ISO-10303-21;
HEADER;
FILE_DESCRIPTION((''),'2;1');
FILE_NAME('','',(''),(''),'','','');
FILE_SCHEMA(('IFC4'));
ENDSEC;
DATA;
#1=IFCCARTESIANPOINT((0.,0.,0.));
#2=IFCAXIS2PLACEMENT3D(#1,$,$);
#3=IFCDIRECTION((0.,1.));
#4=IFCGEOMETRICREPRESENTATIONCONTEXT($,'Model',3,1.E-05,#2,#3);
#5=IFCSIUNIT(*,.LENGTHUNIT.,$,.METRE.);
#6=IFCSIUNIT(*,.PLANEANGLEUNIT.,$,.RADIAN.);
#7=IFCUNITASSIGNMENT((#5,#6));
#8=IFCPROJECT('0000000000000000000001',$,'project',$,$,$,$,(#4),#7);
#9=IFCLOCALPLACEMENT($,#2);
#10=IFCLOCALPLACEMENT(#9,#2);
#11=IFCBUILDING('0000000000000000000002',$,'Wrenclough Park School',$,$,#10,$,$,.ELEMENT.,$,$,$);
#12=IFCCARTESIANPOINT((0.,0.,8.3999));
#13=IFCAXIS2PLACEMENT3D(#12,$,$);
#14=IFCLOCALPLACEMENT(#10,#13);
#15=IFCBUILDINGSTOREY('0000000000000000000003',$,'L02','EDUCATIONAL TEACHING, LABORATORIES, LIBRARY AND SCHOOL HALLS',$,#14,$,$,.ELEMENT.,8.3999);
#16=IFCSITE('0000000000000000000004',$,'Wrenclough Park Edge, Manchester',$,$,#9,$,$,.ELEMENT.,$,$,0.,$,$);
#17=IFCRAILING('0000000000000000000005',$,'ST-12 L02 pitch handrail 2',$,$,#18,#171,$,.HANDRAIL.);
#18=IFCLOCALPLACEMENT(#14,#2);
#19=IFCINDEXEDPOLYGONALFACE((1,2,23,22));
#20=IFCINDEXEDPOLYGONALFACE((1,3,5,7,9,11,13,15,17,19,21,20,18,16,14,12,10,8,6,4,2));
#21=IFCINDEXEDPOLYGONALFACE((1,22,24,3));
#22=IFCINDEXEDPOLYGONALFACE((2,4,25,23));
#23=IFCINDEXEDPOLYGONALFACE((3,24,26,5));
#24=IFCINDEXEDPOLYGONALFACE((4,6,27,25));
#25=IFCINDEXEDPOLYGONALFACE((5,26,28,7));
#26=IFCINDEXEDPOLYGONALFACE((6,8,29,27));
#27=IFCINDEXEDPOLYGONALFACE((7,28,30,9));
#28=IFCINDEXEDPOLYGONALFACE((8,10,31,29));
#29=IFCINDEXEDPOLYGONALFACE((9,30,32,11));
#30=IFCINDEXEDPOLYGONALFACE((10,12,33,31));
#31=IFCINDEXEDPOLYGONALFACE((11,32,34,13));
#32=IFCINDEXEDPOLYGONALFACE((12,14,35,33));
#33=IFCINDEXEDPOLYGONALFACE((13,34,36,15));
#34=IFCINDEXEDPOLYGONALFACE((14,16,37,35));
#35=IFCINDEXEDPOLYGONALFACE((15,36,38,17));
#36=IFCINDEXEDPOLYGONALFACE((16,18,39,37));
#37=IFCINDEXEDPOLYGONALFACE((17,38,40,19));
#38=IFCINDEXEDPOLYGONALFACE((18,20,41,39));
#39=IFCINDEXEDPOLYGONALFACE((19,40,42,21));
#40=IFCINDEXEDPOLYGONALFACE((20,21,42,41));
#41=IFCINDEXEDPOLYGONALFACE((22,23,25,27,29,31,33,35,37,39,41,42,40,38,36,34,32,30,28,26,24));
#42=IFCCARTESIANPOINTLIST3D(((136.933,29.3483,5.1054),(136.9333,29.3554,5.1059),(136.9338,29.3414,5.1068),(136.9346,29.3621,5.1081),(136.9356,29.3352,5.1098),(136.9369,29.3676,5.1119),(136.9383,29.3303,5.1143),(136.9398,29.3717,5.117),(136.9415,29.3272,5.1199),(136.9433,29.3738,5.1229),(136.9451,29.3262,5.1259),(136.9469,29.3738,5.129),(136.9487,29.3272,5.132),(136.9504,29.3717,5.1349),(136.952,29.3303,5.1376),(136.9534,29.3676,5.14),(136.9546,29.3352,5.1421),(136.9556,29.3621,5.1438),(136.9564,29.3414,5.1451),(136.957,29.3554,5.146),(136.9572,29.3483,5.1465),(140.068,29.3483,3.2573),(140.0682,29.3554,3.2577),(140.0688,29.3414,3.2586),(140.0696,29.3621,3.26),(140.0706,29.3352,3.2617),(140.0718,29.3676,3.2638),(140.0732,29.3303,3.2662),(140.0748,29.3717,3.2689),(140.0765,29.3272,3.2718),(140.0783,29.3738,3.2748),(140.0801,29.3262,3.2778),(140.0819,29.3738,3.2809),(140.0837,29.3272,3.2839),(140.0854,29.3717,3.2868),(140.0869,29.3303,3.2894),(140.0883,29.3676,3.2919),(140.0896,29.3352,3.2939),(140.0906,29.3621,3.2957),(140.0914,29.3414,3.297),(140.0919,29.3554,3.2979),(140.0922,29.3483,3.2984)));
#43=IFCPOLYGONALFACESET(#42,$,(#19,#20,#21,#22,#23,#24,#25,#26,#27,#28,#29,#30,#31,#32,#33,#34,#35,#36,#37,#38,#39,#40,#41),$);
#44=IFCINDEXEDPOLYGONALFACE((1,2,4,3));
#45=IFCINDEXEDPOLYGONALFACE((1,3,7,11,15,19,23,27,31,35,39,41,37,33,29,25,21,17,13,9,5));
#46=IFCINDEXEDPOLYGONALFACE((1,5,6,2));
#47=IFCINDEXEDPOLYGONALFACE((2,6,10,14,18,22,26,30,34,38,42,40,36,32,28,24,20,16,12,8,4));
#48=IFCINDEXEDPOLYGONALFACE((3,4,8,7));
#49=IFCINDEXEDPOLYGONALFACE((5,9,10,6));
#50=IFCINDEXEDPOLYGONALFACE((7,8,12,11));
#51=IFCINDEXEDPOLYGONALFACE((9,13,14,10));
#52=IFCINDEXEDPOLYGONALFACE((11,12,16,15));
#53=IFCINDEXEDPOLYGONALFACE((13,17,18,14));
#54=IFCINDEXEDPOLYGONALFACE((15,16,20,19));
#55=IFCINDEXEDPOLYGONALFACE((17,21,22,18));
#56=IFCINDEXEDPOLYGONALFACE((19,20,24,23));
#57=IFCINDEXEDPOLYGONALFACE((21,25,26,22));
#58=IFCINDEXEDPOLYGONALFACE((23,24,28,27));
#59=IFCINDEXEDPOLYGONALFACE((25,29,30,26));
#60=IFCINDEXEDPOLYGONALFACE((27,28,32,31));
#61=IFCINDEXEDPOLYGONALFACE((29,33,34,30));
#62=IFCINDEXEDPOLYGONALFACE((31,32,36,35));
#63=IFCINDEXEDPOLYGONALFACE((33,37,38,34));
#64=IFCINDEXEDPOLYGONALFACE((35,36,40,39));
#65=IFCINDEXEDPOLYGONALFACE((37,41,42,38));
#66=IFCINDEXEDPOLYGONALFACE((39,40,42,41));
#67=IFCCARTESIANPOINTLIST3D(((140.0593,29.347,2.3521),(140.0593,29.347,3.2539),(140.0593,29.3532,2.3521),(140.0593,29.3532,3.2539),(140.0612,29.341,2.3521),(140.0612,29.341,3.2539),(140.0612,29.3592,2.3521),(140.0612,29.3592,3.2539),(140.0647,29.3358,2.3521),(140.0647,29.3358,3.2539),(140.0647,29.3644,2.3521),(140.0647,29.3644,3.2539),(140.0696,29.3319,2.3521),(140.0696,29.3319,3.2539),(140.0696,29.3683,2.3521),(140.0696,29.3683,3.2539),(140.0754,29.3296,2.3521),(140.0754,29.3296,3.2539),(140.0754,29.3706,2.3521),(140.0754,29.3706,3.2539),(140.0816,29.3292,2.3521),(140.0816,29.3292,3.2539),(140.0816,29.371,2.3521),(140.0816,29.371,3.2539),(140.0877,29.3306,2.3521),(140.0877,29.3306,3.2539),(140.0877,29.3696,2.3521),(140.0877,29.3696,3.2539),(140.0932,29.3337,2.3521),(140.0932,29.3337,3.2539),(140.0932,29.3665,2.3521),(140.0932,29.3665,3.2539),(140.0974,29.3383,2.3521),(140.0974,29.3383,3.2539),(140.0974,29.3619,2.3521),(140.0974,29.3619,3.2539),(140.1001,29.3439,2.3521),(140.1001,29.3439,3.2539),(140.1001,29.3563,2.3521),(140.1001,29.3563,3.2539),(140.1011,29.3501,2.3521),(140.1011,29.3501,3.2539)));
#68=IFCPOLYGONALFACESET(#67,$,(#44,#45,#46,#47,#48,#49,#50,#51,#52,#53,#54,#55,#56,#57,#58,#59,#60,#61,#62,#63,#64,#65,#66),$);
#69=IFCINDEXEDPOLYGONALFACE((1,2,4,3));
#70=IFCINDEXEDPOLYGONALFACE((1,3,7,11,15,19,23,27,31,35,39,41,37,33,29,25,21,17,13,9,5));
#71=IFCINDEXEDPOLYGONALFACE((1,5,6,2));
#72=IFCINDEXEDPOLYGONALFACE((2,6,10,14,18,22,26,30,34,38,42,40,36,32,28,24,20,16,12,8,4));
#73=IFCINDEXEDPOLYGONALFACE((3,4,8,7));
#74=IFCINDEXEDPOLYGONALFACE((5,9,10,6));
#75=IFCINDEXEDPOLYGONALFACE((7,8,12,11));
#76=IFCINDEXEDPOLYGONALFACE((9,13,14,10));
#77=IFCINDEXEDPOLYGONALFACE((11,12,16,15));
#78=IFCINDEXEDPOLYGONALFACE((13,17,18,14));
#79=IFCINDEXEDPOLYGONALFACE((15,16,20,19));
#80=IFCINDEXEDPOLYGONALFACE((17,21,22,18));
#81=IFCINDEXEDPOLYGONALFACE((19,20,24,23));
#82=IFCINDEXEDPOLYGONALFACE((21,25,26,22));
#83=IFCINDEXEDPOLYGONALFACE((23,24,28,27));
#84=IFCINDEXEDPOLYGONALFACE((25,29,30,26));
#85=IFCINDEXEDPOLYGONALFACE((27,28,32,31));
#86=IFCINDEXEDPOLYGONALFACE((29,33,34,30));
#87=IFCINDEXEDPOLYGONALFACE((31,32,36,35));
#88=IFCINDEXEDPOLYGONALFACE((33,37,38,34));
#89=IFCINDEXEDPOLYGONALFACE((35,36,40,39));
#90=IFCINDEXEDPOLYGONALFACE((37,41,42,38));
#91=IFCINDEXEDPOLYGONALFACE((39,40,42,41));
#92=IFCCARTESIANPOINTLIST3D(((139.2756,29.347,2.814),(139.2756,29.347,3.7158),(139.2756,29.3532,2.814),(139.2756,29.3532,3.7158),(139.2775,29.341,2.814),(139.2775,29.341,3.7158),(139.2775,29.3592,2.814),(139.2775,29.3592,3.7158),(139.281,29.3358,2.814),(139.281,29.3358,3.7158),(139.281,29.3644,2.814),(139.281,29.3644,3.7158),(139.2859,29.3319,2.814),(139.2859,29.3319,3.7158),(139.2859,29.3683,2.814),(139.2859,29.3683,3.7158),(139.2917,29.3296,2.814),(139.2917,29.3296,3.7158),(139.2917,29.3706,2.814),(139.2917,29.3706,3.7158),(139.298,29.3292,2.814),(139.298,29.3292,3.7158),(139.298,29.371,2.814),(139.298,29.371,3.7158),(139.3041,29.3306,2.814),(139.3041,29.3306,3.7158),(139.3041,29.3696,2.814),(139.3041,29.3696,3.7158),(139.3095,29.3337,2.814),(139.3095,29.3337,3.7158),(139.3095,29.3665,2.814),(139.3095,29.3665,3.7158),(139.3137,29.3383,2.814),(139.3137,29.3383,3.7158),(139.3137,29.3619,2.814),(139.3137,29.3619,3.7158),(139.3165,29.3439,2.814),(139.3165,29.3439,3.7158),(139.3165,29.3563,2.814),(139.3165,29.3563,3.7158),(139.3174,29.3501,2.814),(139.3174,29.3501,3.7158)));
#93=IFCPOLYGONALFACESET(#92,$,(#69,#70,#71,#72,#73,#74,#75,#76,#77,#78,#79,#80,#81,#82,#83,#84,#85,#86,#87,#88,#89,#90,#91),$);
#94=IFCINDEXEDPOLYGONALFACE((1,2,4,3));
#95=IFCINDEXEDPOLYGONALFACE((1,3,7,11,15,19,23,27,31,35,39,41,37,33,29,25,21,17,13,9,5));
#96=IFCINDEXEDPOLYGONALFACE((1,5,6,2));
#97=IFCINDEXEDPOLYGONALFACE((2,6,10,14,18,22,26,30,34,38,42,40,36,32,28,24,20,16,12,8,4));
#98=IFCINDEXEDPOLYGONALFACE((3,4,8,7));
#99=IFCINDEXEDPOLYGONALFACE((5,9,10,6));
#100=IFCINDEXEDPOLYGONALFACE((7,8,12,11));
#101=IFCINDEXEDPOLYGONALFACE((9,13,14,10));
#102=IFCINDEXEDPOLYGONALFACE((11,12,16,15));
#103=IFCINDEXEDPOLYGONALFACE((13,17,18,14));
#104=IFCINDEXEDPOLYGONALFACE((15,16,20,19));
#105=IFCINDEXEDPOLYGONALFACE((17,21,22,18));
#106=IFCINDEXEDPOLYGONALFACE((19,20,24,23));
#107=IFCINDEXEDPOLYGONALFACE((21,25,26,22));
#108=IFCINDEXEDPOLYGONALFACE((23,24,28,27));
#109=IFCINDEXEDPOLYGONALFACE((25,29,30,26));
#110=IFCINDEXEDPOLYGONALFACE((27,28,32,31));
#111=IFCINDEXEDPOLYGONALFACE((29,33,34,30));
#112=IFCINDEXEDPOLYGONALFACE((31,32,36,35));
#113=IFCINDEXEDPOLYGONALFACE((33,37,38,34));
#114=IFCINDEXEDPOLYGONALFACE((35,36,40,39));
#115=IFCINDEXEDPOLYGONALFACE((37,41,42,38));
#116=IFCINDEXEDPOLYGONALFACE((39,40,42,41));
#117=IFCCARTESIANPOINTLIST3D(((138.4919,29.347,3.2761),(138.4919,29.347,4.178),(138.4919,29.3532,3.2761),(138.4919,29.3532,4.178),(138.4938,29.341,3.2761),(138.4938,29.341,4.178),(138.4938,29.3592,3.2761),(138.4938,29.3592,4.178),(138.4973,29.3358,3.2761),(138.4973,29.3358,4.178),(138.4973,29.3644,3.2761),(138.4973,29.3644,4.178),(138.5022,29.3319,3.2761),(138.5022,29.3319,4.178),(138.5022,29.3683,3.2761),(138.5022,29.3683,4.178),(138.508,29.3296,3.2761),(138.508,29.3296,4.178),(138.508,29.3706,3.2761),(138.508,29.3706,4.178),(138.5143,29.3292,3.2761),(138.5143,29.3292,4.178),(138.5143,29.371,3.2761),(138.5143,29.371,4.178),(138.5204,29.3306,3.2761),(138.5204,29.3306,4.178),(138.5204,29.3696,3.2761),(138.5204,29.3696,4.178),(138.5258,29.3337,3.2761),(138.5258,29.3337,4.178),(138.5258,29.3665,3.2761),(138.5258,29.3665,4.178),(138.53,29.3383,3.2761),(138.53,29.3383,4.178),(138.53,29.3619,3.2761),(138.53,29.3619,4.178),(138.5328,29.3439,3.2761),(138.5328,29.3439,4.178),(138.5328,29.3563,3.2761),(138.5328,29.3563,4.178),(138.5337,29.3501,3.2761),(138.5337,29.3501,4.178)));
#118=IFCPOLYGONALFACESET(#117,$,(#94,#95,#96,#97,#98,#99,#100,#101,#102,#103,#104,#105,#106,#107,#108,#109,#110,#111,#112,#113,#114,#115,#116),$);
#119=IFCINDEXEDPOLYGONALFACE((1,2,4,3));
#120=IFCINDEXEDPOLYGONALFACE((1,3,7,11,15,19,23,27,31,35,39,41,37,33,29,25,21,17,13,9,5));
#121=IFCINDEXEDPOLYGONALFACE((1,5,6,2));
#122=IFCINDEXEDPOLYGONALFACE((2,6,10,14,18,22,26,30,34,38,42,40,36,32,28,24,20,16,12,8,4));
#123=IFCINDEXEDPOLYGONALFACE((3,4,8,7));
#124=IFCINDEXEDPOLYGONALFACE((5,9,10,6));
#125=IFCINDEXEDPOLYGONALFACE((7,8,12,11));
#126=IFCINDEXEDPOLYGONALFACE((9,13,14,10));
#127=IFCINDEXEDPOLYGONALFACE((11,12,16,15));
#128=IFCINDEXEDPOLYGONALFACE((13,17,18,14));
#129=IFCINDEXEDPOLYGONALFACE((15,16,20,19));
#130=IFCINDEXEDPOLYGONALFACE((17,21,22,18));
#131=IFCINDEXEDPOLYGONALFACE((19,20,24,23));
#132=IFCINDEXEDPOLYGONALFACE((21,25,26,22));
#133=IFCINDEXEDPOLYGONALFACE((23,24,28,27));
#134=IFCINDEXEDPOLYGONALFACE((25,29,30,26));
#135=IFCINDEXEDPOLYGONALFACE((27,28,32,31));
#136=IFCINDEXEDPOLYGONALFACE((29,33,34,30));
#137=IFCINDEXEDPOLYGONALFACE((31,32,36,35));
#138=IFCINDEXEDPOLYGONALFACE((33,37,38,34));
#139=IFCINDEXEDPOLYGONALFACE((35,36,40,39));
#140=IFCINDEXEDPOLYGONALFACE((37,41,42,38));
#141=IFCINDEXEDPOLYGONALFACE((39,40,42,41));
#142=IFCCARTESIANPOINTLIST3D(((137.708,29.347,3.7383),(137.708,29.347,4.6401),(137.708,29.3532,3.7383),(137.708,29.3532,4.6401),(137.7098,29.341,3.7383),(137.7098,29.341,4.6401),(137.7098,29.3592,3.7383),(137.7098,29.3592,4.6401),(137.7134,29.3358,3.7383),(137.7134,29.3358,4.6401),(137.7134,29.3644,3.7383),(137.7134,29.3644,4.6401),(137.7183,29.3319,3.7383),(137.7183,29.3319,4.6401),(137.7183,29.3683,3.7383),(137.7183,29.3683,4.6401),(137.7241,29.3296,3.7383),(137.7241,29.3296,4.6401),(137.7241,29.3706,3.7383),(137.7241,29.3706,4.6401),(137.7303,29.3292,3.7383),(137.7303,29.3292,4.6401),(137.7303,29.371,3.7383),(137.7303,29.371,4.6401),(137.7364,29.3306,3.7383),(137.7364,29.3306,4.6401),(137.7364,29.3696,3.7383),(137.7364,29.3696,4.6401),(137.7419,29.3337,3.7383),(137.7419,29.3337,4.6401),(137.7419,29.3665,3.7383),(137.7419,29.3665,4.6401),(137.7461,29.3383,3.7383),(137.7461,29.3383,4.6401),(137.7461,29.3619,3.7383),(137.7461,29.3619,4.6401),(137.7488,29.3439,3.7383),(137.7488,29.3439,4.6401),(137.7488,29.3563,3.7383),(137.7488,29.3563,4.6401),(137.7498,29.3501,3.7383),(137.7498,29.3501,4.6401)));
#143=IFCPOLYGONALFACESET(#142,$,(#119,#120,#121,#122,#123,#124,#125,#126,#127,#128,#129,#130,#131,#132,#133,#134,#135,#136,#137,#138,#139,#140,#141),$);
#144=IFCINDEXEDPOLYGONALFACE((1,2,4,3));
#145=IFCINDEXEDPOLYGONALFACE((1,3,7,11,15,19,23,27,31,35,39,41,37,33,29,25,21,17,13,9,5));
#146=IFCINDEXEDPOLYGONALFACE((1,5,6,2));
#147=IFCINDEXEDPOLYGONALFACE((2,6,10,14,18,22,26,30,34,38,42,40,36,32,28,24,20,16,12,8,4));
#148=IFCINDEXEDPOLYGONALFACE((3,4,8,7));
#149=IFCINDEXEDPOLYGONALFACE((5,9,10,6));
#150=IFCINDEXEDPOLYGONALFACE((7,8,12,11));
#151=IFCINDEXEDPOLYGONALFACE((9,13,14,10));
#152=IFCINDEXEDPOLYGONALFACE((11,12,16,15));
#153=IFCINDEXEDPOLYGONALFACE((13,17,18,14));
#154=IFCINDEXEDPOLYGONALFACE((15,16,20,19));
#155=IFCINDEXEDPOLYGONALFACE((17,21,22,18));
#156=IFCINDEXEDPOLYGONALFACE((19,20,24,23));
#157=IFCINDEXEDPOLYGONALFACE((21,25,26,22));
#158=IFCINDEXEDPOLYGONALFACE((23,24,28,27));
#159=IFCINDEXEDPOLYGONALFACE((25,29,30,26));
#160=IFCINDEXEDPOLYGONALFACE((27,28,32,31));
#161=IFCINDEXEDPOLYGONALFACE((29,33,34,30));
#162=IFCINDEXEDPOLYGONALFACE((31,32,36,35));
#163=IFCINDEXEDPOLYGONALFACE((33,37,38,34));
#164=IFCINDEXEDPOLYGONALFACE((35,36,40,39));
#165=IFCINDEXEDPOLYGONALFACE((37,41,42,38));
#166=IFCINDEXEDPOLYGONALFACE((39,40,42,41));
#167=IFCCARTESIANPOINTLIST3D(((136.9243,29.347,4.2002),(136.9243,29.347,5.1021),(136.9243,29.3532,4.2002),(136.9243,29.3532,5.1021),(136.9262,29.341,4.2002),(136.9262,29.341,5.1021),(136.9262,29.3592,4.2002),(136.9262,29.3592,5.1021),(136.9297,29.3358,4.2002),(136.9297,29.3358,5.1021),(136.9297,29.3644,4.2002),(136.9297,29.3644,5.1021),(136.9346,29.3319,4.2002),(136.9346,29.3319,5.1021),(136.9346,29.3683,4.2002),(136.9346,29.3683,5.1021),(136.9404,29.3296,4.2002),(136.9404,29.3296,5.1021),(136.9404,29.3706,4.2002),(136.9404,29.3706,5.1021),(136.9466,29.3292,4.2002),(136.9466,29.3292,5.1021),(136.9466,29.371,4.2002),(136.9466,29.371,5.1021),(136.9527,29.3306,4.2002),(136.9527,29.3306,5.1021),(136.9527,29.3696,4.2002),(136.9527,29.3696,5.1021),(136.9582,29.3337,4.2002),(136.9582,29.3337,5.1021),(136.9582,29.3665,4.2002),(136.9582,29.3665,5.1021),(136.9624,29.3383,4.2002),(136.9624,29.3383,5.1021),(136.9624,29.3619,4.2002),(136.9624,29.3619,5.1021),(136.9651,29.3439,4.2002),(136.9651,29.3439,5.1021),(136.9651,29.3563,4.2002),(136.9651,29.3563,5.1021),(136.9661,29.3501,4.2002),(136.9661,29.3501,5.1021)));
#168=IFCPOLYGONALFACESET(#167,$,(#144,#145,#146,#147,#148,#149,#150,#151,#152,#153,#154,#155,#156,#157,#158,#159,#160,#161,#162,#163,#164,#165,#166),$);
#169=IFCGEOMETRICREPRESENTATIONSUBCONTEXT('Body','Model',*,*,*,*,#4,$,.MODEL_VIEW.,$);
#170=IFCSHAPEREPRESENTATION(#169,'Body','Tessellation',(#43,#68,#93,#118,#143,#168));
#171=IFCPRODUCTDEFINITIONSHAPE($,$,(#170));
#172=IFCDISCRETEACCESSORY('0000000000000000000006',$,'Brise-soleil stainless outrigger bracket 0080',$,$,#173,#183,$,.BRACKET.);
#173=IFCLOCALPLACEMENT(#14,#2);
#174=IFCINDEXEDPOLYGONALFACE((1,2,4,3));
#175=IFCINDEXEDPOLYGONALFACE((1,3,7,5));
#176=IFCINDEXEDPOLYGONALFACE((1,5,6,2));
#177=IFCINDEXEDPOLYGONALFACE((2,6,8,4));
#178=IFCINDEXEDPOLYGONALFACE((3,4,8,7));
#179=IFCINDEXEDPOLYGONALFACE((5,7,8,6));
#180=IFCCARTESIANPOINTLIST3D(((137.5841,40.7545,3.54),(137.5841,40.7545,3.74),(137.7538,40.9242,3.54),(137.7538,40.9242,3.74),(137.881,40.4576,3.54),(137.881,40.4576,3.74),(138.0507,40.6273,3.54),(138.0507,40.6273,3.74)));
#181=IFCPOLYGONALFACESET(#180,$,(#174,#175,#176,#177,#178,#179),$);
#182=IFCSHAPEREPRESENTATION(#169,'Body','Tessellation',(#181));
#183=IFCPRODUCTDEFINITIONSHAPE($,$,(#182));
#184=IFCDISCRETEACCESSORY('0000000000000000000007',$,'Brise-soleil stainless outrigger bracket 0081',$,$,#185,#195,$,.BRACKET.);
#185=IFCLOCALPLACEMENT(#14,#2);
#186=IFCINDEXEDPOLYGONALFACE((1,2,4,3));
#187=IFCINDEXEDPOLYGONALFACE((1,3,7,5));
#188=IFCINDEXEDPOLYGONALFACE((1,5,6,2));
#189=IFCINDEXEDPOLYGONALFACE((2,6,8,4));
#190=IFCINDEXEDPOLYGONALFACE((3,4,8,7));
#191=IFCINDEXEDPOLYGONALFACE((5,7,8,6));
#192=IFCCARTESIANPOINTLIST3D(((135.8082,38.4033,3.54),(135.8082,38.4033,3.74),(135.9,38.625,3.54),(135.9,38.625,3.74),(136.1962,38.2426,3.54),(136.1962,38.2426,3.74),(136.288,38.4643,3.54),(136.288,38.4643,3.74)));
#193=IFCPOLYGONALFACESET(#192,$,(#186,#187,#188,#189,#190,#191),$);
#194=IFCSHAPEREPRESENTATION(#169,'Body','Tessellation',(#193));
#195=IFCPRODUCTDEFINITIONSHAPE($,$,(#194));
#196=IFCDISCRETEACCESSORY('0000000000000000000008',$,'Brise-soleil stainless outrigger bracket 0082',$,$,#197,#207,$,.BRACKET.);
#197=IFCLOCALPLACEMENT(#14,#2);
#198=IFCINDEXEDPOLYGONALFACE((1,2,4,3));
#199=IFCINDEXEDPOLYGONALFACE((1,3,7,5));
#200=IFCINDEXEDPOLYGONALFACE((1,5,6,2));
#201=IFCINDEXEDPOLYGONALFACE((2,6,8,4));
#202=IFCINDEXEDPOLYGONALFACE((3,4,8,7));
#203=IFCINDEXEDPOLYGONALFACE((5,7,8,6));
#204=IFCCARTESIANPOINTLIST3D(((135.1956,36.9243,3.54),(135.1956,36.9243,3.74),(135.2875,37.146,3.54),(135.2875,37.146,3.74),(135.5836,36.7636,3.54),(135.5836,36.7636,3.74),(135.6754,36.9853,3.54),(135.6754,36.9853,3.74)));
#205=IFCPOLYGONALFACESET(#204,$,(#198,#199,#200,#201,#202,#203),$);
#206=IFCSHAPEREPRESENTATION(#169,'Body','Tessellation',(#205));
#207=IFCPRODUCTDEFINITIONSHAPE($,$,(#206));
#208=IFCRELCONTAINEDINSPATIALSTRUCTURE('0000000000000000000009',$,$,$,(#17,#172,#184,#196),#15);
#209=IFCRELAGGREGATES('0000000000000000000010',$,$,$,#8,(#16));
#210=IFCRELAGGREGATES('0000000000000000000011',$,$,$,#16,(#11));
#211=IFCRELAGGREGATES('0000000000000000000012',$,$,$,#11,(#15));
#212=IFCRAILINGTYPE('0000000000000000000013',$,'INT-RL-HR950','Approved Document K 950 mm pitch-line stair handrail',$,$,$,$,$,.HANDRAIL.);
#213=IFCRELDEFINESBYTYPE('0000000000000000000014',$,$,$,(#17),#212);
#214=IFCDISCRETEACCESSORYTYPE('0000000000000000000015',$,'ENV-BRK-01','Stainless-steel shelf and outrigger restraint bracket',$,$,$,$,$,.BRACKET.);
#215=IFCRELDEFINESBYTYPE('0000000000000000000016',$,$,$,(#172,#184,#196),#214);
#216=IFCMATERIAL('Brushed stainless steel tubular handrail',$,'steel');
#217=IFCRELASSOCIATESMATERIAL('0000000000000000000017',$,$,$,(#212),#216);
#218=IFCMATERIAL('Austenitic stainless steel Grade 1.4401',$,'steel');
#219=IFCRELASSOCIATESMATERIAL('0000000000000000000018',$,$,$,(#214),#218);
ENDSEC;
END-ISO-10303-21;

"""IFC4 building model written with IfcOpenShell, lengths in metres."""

from ifc_helpers import new_model, si_unit, direction, frame, origin, origin_2d, place, context, subcontext, project, spatial, rectangle, circle, extrude, material, type_object, element, save


model = new_model("IFC4")

# Units and contexts
model_context = context("Model", 3, precision=1e-05, world=origin(), true_north=direction((0.0, 1.0)))
body_context = subcontext(model_context, "Body", "Model", "MODEL_VIEW")
ifc_project = project(units=[si_unit("LENGTHUNIT", "METRE"), si_unit("PLANEANGLEUNIT", "RADIAN")], contexts=[model_context])

# Site, building, storey
site_placement = place(None, origin())
site = spatial("IfcSite", under=ifc_project, at=site_placement, Name="Wrenclough Park Edge, Manchester", CompositionType="ELEMENT", RefElevation=0.0)
building_placement = place(site_placement, origin())
building = spatial("IfcBuilding", under=site, at=building_placement, Name="Wrenclough Park School", CompositionType="ELEMENT")
storey_placement = place(building_placement, frame((0.0, 0.0, 8.3999)))
storey = spatial("IfcBuildingStorey", under=building, at=storey_placement, Name="L02", Description="EDUCATIONAL TEACHING, LABORATORIES, LIBRARY AND SCHOOL HALLS", CompositionType="ELEMENT", Elevation=8.3999)

# Railing
ifc_material_1 = material(Name="Brushed stainless steel tubular handrail", Category="steel")
railing_type_1 = type_object("IfcRailingType", Name="INT-RL-HR950", Description="Approved Document K 950 mm pitch-line stair handrail", PredefinedType="HANDRAIL", material=ifc_material_1)
railing_1_placement = place(storey_placement, frame((140.0801, 29.3501, 2.3521)))
element("IfcRailing", 1, at=railing_1_placement, inside=storey, type_object=railing_type_1, Name="ST-12 L02 pitch handrail 2", PredefinedType="HANDRAIL", context=body_context, shape_type="SweptSolid", body=[
    extrude(circle(Radius=0.0239, at=origin_2d()), frame((0.0, 0.0, 0.9258), z_axis=(-0.861451, 0.0, 0.507841), x_axis=(0.0, -1.0, 0.0)), (0.0, 0.0, 1.0), 3.6392),
    extrude(circle(Radius=0.021, at=origin_2d()), origin(), (0.0, 0.0, 1.0), 0.9019),
    extrude(circle(Radius=0.021, at=origin_2d()), frame((-0.7837, 0.0, 0.4619)), (0.0, 0.0, 1.0), 0.9019),
    extrude(circle(Radius=0.021, at=origin_2d()), frame((-1.5674, 0.0, 0.9241)), (0.0, 0.0, 1.0), 0.9019),
    extrude(circle(Radius=0.021, at=origin_2d()), frame((-2.3513, 0.0, 1.3862)), (0.0, 0.0, 1.0), 0.9019),
    extrude(circle(Radius=0.021, at=origin_2d()), frame((-3.135, 0.0, 1.8481)), (0.0, 0.0, 1.0), 0.9019),
])

# Discrete accessories
ifc_material_2 = material(Name="Austenitic stainless steel Grade 1.4401", Category="steel")
discrete_accessory_type_1 = type_object("IfcDiscreteAccessoryType", Name="ENV-BRK-01", Description="Stainless-steel shelf and outrigger restraint bracket", PredefinedType="BRACKET", material=ifc_material_2)
for number, where, z_axis, x_axis, name in (
    (2, (137.8174, 40.6909, 3.54), (0.0, 0.0, 1.0), (-0.707107, -0.707107, 0.0), "Brise-soleil stainless outrigger bracket 0080"),
    (3, (136.0481, 38.4338, 3.54), (0.0, 0.0, 1.0), (-0.382698, -0.923873, 0.0), "Brise-soleil stainless outrigger bracket 0081"),
    (4, (135.4355, 36.9548, 3.54), (0.0, 0.0, 1.0), (-0.382698, -0.923873, 0.0), "Brise-soleil stainless outrigger bracket 0082"),
):
    element("IfcDiscreteAccessory", number, at=place(storey_placement, frame(where, z_axis=z_axis, x_axis=x_axis)), inside=storey, type_object=discrete_accessory_type_1, Name=name, PredefinedType="BRACKET", context=body_context, shape_type="SweptSolid", body=[
        extrude(rectangle(XDim=0.24, YDim=0.4199, at=origin_2d()), origin(), (0.0, 0.0, 1.0), 0.2),
    ])

save(model, "model.ifc")
